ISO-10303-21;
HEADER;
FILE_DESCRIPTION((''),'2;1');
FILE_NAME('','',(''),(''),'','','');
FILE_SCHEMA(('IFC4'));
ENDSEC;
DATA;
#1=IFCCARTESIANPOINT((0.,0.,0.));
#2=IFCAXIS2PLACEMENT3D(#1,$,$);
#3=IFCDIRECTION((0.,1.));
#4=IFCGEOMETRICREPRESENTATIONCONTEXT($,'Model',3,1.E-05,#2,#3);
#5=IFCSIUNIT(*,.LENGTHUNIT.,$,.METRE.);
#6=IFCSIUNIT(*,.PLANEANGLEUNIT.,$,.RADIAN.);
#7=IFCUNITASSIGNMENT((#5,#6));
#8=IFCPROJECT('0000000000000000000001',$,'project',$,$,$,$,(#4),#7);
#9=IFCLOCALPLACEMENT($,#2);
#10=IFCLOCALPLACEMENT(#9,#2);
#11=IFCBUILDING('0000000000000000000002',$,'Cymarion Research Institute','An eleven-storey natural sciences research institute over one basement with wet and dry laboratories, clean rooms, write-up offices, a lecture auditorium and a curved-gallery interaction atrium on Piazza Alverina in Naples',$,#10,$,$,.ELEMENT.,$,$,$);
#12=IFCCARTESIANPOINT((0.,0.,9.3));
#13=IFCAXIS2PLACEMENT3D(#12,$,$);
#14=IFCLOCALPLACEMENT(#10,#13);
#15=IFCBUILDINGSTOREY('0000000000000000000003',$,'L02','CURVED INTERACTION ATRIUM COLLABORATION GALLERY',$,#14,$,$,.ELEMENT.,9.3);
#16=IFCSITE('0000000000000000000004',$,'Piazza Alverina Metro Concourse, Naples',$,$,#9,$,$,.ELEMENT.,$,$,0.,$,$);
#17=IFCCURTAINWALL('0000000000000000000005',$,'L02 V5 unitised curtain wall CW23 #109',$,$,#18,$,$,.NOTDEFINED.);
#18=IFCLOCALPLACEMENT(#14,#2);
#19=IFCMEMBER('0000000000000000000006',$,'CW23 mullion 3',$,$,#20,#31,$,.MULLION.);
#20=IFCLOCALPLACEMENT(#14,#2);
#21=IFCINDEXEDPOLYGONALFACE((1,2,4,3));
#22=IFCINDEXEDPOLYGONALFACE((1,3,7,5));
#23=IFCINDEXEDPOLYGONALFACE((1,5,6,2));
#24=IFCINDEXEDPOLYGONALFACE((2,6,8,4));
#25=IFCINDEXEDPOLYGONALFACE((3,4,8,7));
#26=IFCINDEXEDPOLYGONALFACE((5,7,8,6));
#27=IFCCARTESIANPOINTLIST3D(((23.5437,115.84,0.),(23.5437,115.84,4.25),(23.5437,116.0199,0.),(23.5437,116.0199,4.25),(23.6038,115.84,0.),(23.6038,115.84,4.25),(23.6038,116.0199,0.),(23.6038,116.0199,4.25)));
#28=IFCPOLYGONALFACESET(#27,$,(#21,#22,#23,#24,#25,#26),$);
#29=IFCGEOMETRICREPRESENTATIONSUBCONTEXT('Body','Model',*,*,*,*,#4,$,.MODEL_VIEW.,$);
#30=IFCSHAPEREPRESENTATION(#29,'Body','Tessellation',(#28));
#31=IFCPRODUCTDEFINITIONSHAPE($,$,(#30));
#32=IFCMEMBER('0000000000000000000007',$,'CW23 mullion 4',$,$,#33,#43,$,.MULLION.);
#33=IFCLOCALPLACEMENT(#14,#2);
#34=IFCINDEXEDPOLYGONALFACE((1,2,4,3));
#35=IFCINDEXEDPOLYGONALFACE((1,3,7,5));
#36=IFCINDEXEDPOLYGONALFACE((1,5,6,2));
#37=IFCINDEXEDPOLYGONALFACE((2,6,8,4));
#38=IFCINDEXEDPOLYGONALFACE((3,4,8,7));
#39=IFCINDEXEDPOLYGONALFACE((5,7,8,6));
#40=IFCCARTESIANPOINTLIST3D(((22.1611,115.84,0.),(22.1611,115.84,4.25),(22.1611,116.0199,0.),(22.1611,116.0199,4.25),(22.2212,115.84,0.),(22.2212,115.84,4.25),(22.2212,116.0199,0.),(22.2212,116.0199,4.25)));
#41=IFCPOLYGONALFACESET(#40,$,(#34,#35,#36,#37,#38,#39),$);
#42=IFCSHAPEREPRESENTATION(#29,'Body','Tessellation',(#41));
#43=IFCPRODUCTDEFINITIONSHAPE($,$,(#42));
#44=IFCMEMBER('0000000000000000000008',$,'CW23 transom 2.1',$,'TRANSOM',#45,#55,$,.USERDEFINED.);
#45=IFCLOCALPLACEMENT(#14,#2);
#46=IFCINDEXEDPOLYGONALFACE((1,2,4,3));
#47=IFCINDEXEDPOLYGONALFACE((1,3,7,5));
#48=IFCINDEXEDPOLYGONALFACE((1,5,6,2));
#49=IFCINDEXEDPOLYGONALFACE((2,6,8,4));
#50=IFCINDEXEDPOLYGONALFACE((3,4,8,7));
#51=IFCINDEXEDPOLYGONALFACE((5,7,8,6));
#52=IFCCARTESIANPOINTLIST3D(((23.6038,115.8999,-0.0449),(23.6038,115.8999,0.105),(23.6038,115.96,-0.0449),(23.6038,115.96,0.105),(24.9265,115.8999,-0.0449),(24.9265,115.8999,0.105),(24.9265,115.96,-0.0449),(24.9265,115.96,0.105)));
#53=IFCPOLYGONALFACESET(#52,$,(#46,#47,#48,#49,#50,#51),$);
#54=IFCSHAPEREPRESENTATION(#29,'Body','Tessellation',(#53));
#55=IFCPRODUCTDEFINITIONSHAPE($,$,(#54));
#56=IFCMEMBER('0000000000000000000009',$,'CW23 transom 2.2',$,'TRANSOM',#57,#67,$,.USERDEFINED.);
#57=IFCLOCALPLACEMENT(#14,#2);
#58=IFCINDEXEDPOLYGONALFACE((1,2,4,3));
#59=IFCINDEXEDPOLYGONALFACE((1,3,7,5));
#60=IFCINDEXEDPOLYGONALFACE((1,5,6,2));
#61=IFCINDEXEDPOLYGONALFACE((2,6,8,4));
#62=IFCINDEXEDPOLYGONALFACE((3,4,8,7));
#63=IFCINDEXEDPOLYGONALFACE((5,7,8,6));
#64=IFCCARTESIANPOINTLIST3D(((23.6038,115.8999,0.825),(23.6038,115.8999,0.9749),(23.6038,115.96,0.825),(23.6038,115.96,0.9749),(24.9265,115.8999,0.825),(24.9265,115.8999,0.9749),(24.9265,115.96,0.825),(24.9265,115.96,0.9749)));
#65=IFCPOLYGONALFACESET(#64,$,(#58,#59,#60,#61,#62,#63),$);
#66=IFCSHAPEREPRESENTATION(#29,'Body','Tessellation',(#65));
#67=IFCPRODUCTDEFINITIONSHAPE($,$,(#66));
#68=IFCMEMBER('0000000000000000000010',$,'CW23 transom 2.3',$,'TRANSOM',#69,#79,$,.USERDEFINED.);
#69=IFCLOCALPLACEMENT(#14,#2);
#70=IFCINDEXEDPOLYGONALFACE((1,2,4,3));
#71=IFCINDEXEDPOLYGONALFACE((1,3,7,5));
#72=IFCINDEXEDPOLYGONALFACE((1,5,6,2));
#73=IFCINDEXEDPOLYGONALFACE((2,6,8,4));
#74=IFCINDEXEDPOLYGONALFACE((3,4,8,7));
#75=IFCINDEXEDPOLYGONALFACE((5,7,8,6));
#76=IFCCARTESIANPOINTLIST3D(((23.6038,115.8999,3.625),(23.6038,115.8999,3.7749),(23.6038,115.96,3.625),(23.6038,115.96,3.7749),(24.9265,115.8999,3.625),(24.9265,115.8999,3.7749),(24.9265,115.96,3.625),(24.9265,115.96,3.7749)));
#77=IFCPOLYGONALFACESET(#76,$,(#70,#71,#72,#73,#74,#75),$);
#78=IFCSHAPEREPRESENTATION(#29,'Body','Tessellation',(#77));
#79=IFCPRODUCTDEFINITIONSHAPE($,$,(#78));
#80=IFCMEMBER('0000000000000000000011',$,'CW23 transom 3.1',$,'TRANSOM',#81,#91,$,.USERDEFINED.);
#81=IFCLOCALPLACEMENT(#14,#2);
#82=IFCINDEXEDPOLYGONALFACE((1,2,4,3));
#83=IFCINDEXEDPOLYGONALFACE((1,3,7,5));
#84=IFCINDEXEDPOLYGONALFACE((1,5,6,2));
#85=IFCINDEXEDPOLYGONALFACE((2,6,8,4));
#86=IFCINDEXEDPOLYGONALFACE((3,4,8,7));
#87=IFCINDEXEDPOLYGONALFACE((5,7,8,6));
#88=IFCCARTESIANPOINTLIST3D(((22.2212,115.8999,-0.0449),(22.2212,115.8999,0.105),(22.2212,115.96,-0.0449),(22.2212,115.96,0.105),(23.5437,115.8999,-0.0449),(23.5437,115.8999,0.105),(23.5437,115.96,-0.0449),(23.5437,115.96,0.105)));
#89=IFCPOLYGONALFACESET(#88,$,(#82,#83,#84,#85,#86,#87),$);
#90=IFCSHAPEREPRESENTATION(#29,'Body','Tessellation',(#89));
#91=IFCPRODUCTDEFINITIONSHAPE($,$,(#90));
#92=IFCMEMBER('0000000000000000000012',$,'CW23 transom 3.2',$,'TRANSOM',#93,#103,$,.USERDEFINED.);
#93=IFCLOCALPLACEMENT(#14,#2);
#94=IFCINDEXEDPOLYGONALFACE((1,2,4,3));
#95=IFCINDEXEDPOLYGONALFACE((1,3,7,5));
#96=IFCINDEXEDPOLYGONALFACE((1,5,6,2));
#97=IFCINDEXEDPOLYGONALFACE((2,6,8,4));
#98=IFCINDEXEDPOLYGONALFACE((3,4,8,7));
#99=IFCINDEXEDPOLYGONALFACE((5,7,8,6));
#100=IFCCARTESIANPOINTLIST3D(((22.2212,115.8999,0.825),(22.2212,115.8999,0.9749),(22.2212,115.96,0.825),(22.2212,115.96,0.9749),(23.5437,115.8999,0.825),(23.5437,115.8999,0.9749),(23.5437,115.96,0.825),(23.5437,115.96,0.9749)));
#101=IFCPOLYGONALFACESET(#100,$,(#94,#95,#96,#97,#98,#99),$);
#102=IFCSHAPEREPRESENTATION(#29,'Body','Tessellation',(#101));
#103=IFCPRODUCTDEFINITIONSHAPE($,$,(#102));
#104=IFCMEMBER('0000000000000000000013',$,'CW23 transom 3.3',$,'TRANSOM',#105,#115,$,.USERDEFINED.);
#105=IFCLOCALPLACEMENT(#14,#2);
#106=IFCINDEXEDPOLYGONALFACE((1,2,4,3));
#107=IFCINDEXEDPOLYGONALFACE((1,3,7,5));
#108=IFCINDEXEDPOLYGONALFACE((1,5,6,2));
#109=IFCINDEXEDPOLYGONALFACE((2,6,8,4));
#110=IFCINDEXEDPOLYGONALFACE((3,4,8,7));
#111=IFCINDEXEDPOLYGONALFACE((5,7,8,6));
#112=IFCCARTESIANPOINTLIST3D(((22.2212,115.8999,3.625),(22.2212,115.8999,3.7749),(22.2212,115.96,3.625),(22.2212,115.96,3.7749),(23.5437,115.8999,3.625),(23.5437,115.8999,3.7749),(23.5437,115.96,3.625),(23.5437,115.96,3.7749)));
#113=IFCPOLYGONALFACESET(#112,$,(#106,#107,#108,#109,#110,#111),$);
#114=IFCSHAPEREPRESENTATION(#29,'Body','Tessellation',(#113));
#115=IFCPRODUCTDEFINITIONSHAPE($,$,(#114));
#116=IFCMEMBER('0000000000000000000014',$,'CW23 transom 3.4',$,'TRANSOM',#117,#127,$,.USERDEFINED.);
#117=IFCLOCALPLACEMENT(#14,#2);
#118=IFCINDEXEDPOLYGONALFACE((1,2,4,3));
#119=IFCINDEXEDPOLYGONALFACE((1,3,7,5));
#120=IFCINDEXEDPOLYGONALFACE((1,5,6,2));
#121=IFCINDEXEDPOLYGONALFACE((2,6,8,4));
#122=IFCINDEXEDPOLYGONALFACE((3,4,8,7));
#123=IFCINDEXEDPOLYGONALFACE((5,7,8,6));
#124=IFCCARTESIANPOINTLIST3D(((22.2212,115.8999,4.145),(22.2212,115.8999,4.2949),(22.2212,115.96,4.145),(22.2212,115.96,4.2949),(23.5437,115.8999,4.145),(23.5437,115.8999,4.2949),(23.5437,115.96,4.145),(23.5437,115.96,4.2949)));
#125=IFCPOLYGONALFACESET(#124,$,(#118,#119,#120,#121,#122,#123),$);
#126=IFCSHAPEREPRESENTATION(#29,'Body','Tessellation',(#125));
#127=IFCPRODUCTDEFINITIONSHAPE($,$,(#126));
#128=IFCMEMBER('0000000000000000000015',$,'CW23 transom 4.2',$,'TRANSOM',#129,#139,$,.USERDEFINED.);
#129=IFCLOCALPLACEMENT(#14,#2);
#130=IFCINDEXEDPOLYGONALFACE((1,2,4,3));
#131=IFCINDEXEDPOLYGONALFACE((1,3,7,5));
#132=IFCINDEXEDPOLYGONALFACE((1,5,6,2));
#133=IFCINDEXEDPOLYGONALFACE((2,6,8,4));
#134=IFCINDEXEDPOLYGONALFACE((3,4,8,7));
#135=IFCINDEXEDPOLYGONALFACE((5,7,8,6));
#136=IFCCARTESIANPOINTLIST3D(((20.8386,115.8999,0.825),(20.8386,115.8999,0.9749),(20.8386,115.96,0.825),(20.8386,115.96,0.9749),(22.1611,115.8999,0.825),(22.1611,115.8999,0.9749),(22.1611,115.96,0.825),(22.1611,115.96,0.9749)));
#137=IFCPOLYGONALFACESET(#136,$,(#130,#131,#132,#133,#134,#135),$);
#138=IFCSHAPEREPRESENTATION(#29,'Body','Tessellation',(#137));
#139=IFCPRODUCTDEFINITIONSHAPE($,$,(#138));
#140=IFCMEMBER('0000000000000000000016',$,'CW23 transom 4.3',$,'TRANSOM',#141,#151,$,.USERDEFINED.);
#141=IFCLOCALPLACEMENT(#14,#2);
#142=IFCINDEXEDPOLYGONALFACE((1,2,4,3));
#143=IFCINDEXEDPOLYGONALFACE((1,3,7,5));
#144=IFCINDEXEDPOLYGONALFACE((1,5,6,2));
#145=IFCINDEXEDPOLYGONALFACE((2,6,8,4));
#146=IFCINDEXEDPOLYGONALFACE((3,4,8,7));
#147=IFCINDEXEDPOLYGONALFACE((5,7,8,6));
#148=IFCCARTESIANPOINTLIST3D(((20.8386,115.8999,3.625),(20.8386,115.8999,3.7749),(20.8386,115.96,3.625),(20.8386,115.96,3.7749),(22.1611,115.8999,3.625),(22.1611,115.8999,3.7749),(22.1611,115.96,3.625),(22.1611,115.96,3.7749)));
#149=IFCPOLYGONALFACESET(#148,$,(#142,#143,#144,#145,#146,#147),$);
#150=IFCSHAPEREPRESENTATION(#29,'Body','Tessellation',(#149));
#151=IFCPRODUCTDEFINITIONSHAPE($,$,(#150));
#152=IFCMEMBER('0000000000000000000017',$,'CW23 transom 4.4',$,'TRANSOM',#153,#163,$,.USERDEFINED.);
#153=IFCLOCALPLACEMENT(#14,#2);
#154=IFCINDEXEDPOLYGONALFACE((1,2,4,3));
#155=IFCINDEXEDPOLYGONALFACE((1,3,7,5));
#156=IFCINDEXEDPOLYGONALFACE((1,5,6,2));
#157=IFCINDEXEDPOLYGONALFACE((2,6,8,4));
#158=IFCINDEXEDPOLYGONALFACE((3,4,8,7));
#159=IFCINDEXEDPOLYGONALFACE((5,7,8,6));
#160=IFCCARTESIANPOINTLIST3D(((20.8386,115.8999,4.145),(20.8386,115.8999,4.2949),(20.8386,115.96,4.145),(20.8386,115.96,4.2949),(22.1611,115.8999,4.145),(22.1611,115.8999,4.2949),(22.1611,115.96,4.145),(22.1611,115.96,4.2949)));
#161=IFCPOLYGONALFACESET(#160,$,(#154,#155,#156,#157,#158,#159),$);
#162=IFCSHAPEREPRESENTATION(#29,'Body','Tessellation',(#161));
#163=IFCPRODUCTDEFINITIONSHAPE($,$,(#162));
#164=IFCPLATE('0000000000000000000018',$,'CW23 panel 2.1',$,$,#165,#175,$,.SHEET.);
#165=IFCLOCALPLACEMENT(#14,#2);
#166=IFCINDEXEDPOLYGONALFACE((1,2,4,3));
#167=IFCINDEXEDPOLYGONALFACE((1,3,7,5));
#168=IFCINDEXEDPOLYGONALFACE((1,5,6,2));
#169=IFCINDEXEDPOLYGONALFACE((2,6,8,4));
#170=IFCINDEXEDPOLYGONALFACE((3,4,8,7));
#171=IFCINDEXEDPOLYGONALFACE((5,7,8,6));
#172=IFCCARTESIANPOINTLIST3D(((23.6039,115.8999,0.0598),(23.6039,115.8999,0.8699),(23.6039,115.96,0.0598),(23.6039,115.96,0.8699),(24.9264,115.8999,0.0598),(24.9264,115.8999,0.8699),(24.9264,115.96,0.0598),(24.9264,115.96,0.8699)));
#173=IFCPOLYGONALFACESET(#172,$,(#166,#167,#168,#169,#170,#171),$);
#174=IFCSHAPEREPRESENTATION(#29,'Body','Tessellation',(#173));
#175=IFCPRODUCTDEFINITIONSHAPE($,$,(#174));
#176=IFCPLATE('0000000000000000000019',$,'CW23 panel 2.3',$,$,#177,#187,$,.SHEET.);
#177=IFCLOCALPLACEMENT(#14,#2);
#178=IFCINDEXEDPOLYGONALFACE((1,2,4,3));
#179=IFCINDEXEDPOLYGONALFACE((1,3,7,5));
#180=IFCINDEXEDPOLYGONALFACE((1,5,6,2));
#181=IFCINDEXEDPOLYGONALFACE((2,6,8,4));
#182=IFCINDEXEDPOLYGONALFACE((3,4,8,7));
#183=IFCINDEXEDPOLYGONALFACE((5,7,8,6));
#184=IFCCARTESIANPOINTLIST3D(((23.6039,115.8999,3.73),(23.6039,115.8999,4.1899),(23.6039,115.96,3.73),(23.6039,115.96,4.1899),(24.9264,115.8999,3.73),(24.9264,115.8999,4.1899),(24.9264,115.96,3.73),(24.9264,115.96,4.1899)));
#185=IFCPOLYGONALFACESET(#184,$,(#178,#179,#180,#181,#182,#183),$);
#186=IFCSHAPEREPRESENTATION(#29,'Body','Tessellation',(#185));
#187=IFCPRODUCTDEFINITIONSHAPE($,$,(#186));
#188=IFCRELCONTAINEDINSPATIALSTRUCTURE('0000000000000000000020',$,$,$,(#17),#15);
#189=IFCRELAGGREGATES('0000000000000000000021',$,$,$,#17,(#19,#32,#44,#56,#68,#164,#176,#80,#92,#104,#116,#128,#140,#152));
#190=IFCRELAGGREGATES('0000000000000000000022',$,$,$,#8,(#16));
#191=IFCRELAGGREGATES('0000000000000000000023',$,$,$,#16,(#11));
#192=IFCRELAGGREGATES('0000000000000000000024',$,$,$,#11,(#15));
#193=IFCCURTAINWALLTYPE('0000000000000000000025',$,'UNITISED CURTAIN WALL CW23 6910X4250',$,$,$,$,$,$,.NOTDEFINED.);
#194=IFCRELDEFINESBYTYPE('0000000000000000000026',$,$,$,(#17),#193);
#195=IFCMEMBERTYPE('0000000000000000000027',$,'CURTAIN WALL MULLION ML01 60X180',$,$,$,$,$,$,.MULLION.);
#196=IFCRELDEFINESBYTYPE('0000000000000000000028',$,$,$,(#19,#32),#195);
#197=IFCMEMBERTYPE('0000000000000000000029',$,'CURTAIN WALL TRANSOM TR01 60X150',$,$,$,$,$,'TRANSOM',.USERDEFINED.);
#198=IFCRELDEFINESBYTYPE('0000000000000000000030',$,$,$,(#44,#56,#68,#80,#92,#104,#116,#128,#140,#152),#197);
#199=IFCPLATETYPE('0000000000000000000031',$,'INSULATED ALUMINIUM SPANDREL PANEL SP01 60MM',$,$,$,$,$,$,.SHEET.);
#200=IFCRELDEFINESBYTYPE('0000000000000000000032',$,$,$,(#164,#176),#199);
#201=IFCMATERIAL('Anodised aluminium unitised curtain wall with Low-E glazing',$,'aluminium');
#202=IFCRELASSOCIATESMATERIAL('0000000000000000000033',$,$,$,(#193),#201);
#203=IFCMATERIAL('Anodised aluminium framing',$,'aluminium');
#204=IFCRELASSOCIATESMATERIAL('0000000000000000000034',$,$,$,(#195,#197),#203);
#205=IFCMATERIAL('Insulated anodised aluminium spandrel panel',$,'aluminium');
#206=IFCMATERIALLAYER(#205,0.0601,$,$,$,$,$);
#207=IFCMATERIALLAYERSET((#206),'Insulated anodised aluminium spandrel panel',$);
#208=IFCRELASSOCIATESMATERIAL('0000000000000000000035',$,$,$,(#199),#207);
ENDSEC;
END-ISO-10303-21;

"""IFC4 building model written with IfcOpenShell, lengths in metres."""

from ifc_helpers import new_model, si_unit, direction, frame, origin, origin_2d, place, context, subcontext, project, spatial, rectangle, extrude, material, layer, layer_set, material_profile, profile_set, type_object, element, aggregate, save


model = new_model("IFC4")

# Units and contexts
model_context = context("Model", 3, precision=1e-05, world=origin(), true_north=direction((0.0, 1.0)))
body_context = subcontext(model_context, "Body", "Model", "MODEL_VIEW")
ifc_project = project(units=[si_unit("LENGTHUNIT", "METRE"), si_unit("PLANEANGLEUNIT", "RADIAN")], contexts=[model_context])

# Site, building, storey
site_placement = place(None, origin())
site = spatial("IfcSite", under=ifc_project, at=site_placement, Name="Piazza Alverina Metro Concourse, Naples", CompositionType="ELEMENT", RefElevation=0.0)
building_placement = place(site_placement, origin())
building = spatial("IfcBuilding", under=site, at=building_placement, Name="Cymarion Research Institute", Description="An eleven-storey natural sciences research institute over one basement with wet and dry laboratories, clean rooms, write-up offices, a lecture auditorium and a curved-gallery interaction atrium on Piazza Alverina in Naples", CompositionType="ELEMENT")
storey_placement = place(building_placement, frame((0.0, 0.0, 9.3)))
storey = spatial("IfcBuildingStorey", under=building, at=storey_placement, Name="L02", Description="CURVED INTERACTION ATRIUM COLLABORATION GALLERY", CompositionType="ELEMENT", Elevation=9.3)

# Curtain wall, members, plates
ifc_material_1 = material(Name="Anodised aluminium unitised curtain wall with Low-E glazing", Category="aluminium")
curtain_wall_type = type_object("IfcCurtainWallType", Name="UNITISED CURTAIN WALL CW23 6910X4250", PredefinedType="NOTDEFINED", material=ifc_material_1)
curtain_wall_placement = place(storey_placement, origin())
curtain_wall = element("IfcCurtainWall", 1, at=curtain_wall_placement, inside=storey, type_object=curtain_wall_type, Name="L02 V5 unitised curtain wall CW23 #109", PredefinedType="NOTDEFINED")
ifc_material_2 = material(Name="Anodised aluminium framing", Category="aluminium")
ifc_material_profile_1 = material_profile(ifc_material_2, rectangle(XDim=0.0601, YDim=0.1799, at=origin_2d()), Name="ALU MULLION 60x180")
ifc_profile_set_1 = profile_set([ifc_material_profile_1], Name="Anodised aluminium framing")
member_type_1 = type_object("IfcMemberType", Name="CURTAIN WALL MULLION ML01 60X180", PredefinedType="MULLION", material=ifc_profile_set_1)
member_1_placement = place(storey_placement, frame((23.5737, 115.9299, 0.0), z_axis=(0.0, 0.0, 1.0), x_axis=(-1.0, 0.0, 0.0)))
member_1 = element("IfcMember", 2, at=member_1_placement, type_object=member_type_1, Name="CW23 mullion 3", PredefinedType="MULLION", context=body_context, shape_type="SweptSolid", body=[
    extrude(rectangle(XDim=0.0601, YDim=0.1799, at=origin_2d()), origin(), (0.0, 0.0, 1.0), 4.25),
])
member_2_placement = place(storey_placement, frame((22.1912, 115.9299, 0.0), z_axis=(0.0, 0.0, 1.0), x_axis=(-1.0, 0.0, 0.0)))
member_2 = element("IfcMember", 3, at=member_2_placement, type_object=member_type_1, Name="CW23 mullion 4", PredefinedType="MULLION", context=body_context, shape_type="SweptSolid", body=[
    extrude(rectangle(XDim=0.0601, YDim=0.1799, at=origin_2d()), origin(), (0.0, 0.0, 1.0), 4.25),
])
ifc_material_profile_2 = material_profile(ifc_material_2, rectangle(XDim=0.0601, YDim=0.1499, at=origin_2d()), Name="ALU TRANSOM 60x150")
ifc_profile_set_2 = profile_set([ifc_material_profile_2], Name="Anodised aluminium framing")
member_type_2 = type_object("IfcMemberType", Name="CURTAIN WALL TRANSOM TR01 60X150", ElementType="TRANSOM", PredefinedType="USERDEFINED", material=ifc_profile_set_2)
member_3_placement = place(storey_placement, frame((24.9265, 115.9299, 0.03), z_axis=(-1.0, 0.0, 0.0), x_axis=(0.0, -1.0, 0.0)))
member_3 = element("IfcMember", 4, at=member_3_placement, type_object=member_type_2, Name="CW23 transom 2.1", ObjectType="TRANSOM", PredefinedType="USERDEFINED", context=body_context, shape_type="SweptSolid", body=[
    extrude(rectangle(XDim=0.0601, YDim=0.1499, at=origin_2d()), origin(), (0.0, 0.0, 1.0), 1.3228),
])
member_4_placement = place(storey_placement, frame((24.9265, 115.9299, 0.8999), z_axis=(-1.0, 0.0, 0.0), x_axis=(0.0, -1.0, 0.0)))
member_4 = element("IfcMember", 5, at=member_4_placement, type_object=member_type_2, Name="CW23 transom 2.2", ObjectType="TRANSOM", PredefinedType="USERDEFINED", context=body_context, shape_type="SweptSolid", body=[
    extrude(rectangle(XDim=0.0601, YDim=0.1499, at=origin_2d()), origin(), (0.0, 0.0, 1.0), 1.3228),
])
member_5_placement = place(storey_placement, frame((24.9265, 115.9299, 3.7), z_axis=(-1.0, 0.0, 0.0), x_axis=(0.0, -1.0, 0.0)))
member_5 = element("IfcMember", 6, at=member_5_placement, type_object=member_type_2, Name="CW23 transom 2.3", ObjectType="TRANSOM", PredefinedType="USERDEFINED", context=body_context, shape_type="SweptSolid", body=[
    extrude(rectangle(XDim=0.0601, YDim=0.1499, at=origin_2d()), origin(), (0.0, 0.0, 1.0), 1.3228),
])
member_6_placement = place(storey_placement, frame((23.5437, 115.9299, 0.03), z_axis=(-1.0, 0.0, 0.0), x_axis=(0.0, -1.0, 0.0)))
member_6 = element("IfcMember", 7, at=member_6_placement, type_object=member_type_2, Name="CW23 transom 3.1", ObjectType="TRANSOM", PredefinedType="USERDEFINED", context=body_context, shape_type="SweptSolid", body=[
    extrude(rectangle(XDim=0.0601, YDim=0.1499, at=origin_2d()), origin(), (0.0, 0.0, 1.0), 1.3225),
])
member_7_placement = place(storey_placement, frame((23.5437, 115.9299, 0.8999), z_axis=(-1.0, 0.0, 0.0), x_axis=(0.0, -1.0, 0.0)))
member_7 = element("IfcMember", 8, at=member_7_placement, type_object=member_type_2, Name="CW23 transom 3.2", ObjectType="TRANSOM", PredefinedType="USERDEFINED", context=body_context, shape_type="SweptSolid", body=[
    extrude(rectangle(XDim=0.0601, YDim=0.1499, at=origin_2d()), origin(), (0.0, 0.0, 1.0), 1.3225),
])
member_8_placement = place(storey_placement, frame((23.5437, 115.9299, 3.7), z_axis=(-1.0, 0.0, 0.0), x_axis=(0.0, -1.0, 0.0)))
member_8 = element("IfcMember", 9, at=member_8_placement, type_object=member_type_2, Name="CW23 transom 3.3", ObjectType="TRANSOM", PredefinedType="USERDEFINED", context=body_context, shape_type="SweptSolid", body=[
    extrude(rectangle(XDim=0.0601, YDim=0.1499, at=origin_2d()), origin(), (0.0, 0.0, 1.0), 1.3225),
])
member_9_placement = place(storey_placement, frame((23.5437, 115.9299, 4.22), z_axis=(-1.0, 0.0, 0.0), x_axis=(0.0, -1.0, 0.0)))
member_9 = element("IfcMember", 10, at=member_9_placement, type_object=member_type_2, Name="CW23 transom 3.4", ObjectType="TRANSOM", PredefinedType="USERDEFINED", context=body_context, shape_type="SweptSolid", body=[
    extrude(rectangle(XDim=0.0601, YDim=0.1499, at=origin_2d()), origin(), (0.0, 0.0, 1.0), 1.3225),
])
member_10_placement = place(storey_placement, frame((22.1611, 115.9299, 0.8999), z_axis=(-1.0, 0.0, 0.0), x_axis=(0.0, -1.0, 0.0)))
member_10 = element("IfcMember", 11, at=member_10_placement, type_object=member_type_2, Name="CW23 transom 4.2", ObjectType="TRANSOM", PredefinedType="USERDEFINED", context=body_context, shape_type="SweptSolid", body=[
    extrude(rectangle(XDim=0.0601, YDim=0.1499, at=origin_2d()), origin(), (0.0, 0.0, 1.0), 1.3225),
])
member_11_placement = place(storey_placement, frame((22.1611, 115.9299, 3.7), z_axis=(-1.0, 0.0, 0.0), x_axis=(0.0, -1.0, 0.0)))
member_11 = element("IfcMember", 12, at=member_11_placement, type_object=member_type_2, Name="CW23 transom 4.3", ObjectType="TRANSOM", PredefinedType="USERDEFINED", context=body_context, shape_type="SweptSolid", body=[
    extrude(rectangle(XDim=0.0601, YDim=0.1499, at=origin_2d()), origin(), (0.0, 0.0, 1.0), 1.3225),
])
member_12_placement = place(storey_placement, frame((22.1611, 115.9299, 4.22), z_axis=(-1.0, 0.0, 0.0), x_axis=(0.0, -1.0, 0.0)))
member_12 = element("IfcMember", 13, at=member_12_placement, type_object=member_type_2, Name="CW23 transom 4.4", ObjectType="TRANSOM", PredefinedType="USERDEFINED", context=body_context, shape_type="SweptSolid", body=[
    extrude(rectangle(XDim=0.0601, YDim=0.1499, at=origin_2d()), origin(), (0.0, 0.0, 1.0), 1.3225),
])
ifc_material_3 = material(Name="Insulated anodised aluminium spandrel panel", Category="aluminium")
ifc_layer_1 = layer(ifc_material_3, 0.0601)
ifc_layer_set_1 = layer_set([ifc_layer_1], Name="Insulated anodised aluminium spandrel panel")
plate_type_1 = type_object("IfcPlateType", Name="INSULATED ALUMINIUM SPANDREL PANEL SP01 60MM", PredefinedType="SHEET", material=ifc_layer_set_1)
plate_1_placement = place(storey_placement, frame((24.2651, 115.9299, 0.0598), z_axis=(0.0, 0.0, 1.0), x_axis=(-1.0, 0.0, 0.0)))
plate_1 = element("IfcPlate", 14, at=plate_1_placement, type_object=plate_type_1, Name="CW23 panel 2.1", PredefinedType="SHEET", context=body_context, shape_type="SweptSolid", body=[
    extrude(rectangle(XDim=1.3225, YDim=0.0601, at=origin_2d()), origin(), (0.0, 0.0, 1.0), 0.8101),
])
plate_2_placement = place(storey_placement, frame((24.2651, 115.9299, 3.73), z_axis=(0.0, 0.0, 1.0), x_axis=(-1.0, 0.0, 0.0)))
plate_2 = element("IfcPlate", 15, at=plate_2_placement, type_object=plate_type_1, Name="CW23 panel 2.3", PredefinedType="SHEET", context=body_context, shape_type="SweptSolid", body=[
    extrude(rectangle(XDim=1.3225, YDim=0.0601, at=origin_2d()), origin(), (0.0, 0.0, 1.0), 0.46),
])
aggregate(curtain_wall, [member_1, member_2, member_3, member_4, member_5, plate_1, plate_2, member_6, member_7, member_8, member_9, member_10, member_11, member_12])

save(model, "model.ifc")
